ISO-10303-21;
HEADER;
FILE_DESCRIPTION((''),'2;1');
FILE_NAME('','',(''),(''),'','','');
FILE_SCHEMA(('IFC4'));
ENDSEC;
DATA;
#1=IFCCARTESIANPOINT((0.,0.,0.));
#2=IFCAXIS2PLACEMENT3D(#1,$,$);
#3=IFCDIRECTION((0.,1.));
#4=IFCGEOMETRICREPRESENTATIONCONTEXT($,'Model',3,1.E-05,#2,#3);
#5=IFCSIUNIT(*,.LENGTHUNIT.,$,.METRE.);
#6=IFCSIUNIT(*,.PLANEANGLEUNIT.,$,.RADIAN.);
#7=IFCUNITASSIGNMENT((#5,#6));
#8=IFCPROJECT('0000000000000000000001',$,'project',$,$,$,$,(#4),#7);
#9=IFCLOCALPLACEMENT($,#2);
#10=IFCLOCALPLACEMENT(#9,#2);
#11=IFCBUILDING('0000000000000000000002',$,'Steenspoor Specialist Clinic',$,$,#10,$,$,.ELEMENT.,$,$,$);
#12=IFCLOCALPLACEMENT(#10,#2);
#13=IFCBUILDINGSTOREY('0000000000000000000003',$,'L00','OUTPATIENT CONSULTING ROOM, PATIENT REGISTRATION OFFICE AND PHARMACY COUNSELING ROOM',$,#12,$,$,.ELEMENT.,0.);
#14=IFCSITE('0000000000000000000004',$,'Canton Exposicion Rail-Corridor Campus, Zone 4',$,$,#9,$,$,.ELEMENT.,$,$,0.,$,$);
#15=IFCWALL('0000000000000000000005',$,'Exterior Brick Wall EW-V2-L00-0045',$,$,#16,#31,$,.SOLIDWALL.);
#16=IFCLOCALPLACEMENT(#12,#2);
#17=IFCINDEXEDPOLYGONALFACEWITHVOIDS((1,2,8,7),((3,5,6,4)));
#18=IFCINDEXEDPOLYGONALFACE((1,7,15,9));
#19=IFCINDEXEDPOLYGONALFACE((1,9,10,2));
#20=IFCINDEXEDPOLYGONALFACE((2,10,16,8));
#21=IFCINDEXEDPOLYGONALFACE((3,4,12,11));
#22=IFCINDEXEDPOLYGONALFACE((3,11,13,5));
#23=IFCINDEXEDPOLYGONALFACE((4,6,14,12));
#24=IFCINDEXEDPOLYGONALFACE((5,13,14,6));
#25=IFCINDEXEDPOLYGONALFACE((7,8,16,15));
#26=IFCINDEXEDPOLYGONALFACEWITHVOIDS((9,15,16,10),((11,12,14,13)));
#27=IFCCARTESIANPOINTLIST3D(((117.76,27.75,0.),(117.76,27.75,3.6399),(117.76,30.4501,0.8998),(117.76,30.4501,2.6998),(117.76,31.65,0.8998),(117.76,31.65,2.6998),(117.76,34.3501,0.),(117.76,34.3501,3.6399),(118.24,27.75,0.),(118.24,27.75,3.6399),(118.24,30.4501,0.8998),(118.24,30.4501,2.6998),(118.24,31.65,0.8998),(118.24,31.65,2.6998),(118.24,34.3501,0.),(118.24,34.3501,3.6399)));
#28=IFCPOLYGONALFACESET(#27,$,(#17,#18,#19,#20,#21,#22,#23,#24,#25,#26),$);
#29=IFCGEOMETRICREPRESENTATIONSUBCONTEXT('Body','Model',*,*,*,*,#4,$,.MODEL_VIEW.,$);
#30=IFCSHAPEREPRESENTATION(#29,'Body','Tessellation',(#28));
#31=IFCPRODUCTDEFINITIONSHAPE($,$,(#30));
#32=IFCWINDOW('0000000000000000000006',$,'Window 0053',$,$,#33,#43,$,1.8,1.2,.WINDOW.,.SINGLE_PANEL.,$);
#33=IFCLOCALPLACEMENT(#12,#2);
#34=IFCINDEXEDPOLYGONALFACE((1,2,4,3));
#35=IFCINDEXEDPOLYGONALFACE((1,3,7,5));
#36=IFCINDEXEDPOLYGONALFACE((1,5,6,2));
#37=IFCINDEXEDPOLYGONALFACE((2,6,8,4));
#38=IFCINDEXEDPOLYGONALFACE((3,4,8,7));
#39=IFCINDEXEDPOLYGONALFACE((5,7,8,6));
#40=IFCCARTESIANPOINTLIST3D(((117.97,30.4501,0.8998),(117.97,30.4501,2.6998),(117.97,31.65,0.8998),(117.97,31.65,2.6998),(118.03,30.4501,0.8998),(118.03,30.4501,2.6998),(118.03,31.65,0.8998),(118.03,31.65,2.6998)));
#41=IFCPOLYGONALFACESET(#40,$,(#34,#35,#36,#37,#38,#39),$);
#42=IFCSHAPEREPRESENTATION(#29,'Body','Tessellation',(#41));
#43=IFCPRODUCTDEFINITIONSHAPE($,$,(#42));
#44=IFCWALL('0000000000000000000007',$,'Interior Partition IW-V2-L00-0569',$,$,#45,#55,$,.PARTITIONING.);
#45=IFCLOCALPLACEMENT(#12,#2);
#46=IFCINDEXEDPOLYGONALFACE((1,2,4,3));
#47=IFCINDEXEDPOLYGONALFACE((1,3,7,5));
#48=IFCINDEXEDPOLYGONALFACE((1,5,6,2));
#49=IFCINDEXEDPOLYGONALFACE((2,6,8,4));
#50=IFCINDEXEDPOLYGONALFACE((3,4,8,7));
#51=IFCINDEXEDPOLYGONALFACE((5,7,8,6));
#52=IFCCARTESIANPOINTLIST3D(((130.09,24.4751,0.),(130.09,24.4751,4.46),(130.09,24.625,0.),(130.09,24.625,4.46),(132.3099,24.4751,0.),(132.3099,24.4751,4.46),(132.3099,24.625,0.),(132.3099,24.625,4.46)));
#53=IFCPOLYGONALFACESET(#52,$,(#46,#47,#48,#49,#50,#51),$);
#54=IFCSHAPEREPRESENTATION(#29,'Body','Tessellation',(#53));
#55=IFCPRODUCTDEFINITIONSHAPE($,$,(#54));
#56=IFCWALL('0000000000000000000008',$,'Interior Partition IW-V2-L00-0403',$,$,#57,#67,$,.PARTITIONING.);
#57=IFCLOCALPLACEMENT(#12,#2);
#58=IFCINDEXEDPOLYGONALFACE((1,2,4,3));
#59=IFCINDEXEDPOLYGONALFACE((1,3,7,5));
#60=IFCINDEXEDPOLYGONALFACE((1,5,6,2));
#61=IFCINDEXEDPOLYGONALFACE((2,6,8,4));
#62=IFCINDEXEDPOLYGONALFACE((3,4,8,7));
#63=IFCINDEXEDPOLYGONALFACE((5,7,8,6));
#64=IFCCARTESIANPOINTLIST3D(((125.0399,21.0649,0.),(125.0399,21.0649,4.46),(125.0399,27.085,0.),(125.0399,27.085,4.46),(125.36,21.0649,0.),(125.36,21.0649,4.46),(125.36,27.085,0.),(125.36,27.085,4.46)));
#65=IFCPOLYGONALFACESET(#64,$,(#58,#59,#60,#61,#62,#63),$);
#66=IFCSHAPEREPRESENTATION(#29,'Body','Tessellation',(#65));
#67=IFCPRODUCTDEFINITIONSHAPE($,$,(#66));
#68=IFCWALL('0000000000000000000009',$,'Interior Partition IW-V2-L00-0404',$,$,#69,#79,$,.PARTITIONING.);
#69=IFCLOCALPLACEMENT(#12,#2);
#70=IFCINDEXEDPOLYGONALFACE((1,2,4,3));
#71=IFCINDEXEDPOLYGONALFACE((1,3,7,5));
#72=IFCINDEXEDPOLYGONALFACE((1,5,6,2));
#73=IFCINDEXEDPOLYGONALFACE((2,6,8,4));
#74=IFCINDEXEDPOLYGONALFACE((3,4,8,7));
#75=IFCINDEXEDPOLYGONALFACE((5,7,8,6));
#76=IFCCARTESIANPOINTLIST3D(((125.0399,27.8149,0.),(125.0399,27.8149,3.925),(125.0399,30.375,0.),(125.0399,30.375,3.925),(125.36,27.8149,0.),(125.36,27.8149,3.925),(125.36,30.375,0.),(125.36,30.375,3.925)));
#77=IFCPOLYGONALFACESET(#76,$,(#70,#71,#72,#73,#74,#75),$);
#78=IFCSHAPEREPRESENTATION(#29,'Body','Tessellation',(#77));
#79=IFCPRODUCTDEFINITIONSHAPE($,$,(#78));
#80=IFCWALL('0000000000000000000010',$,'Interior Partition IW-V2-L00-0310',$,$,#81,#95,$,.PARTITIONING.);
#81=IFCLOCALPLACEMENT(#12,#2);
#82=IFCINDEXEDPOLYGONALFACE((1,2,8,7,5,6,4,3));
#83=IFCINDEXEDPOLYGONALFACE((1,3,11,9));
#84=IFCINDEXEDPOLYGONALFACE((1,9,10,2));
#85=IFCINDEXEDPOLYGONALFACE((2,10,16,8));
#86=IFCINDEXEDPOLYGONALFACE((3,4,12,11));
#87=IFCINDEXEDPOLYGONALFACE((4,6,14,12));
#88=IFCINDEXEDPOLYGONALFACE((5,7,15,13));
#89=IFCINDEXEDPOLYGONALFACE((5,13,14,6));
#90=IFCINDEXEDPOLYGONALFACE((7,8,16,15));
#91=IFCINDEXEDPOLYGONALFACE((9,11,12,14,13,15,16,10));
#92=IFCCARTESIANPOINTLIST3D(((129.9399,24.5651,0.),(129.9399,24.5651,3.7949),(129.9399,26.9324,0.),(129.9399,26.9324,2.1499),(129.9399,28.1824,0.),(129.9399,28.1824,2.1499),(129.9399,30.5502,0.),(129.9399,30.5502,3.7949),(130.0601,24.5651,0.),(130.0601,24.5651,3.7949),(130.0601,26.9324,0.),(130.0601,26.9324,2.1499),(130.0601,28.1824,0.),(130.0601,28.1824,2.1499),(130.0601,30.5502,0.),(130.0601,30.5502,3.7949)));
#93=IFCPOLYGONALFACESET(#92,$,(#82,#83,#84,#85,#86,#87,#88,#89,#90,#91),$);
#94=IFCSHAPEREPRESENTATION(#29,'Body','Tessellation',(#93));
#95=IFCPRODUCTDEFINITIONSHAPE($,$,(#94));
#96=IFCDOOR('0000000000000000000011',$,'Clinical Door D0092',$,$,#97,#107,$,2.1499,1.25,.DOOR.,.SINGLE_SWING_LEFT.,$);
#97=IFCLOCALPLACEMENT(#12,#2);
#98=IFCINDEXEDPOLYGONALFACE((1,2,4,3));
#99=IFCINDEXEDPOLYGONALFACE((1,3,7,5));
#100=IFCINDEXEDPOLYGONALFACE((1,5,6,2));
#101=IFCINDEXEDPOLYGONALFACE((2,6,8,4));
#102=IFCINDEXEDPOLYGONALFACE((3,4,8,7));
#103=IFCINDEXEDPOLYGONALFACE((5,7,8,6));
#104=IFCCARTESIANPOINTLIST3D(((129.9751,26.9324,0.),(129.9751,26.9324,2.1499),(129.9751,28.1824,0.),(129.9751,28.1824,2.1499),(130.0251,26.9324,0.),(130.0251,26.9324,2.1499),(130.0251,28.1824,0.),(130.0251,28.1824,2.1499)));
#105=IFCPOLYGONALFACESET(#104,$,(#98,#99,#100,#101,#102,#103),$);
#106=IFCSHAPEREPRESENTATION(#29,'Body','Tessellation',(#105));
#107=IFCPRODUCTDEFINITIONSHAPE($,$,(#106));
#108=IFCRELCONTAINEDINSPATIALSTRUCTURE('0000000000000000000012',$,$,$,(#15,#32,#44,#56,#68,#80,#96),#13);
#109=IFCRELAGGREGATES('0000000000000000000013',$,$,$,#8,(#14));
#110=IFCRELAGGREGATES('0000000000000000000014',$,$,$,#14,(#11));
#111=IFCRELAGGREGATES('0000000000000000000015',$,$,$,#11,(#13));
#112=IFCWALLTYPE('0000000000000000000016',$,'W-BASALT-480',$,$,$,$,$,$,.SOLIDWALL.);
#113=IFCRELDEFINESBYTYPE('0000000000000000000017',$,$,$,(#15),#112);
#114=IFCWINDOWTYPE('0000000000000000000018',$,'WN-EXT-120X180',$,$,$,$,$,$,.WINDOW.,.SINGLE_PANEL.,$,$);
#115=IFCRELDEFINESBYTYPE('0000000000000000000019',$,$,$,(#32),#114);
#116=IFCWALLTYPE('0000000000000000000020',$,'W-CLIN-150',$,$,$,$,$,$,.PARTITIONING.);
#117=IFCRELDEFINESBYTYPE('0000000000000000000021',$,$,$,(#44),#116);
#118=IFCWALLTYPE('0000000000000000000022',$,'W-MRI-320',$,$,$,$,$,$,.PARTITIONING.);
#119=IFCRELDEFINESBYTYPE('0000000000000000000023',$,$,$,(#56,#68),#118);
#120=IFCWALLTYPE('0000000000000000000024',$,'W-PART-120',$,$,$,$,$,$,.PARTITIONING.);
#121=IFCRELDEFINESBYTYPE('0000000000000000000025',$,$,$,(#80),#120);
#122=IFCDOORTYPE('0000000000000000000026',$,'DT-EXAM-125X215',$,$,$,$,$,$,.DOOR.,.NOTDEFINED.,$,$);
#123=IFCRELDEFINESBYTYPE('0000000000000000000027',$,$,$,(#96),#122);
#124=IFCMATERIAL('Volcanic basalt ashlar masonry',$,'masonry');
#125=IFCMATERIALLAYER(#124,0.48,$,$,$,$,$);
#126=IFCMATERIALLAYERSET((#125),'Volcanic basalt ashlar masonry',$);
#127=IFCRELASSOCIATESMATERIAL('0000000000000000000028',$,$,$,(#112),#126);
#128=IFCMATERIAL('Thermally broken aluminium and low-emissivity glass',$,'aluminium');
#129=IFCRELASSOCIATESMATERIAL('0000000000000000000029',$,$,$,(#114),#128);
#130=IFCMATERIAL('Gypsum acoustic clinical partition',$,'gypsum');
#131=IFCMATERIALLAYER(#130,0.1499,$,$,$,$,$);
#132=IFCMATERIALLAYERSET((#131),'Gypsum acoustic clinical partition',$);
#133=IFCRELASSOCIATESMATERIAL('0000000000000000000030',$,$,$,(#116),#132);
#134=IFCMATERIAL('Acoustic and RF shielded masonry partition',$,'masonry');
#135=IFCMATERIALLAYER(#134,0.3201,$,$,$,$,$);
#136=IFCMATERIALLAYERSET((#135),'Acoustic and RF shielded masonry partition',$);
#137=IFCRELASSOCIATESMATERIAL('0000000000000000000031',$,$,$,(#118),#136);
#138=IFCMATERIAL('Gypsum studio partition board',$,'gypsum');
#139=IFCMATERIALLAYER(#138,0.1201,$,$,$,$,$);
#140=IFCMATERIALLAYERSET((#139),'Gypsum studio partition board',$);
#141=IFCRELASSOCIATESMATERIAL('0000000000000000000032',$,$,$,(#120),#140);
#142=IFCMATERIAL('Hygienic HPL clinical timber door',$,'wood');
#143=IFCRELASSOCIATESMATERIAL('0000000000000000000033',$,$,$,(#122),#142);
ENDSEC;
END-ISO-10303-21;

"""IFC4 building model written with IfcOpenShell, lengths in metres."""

from ifc_helpers import new_model, si_unit, direction, frame, frame_2d, origin, place, context, subcontext, project, spatial, rectangle, extrude, material, layer, layer_set, type_object, element, fill, save


model = new_model("IFC4")

# Units and contexts
model_context = context("Model", 3, precision=1e-05, world=origin(), true_north=direction((0.0, 1.0)))
body_context = subcontext(model_context, "Body", "Model", "MODEL_VIEW")
ifc_project = project(units=[si_unit("LENGTHUNIT", "METRE"), si_unit("PLANEANGLEUNIT", "RADIAN")], contexts=[model_context])

# Site, building, storey
site_placement = place(None, origin())
site = spatial("IfcSite", under=ifc_project, at=site_placement, Name="Canton Exposicion Rail-Corridor Campus, Zone 4", CompositionType="ELEMENT", RefElevation=0.0)
building_placement = place(site_placement, origin())
building = spatial("IfcBuilding", under=site, at=building_placement, Name="Steenspoor Specialist Clinic", CompositionType="ELEMENT")
storey_placement = place(building_placement, origin())
storey = spatial("IfcBuildingStorey", under=building, at=storey_placement, Name="L00", Description="OUTPATIENT CONSULTING ROOM, PATIENT REGISTRATION OFFICE AND PHARMACY COUNSELING ROOM", CompositionType="ELEMENT", Elevation=0.0)

# Wall, opening, window
ifc_material_1 = material(Name="Volcanic basalt ashlar masonry", Category="masonry")
ifc_layer_1 = layer(ifc_material_1, 0.48)
ifc_layer_set_1 = layer_set([ifc_layer_1], Name="Volcanic basalt ashlar masonry")
wall_type_1 = type_object("IfcWallType", Name="W-BASALT-480", PredefinedType="SOLIDWALL", material=ifc_layer_set_1)
wall_1_placement = place(storey_placement, frame((118.0, 27.75, 0.0), z_axis=(0.0, 0.0, 1.0), x_axis=(0.0, 1.0, 0.0)))
wall_1 = element("IfcWall", 1, at=wall_1_placement, inside=storey, type_object=wall_type_1, Name="Exterior Brick Wall EW-V2-L00-0045", PredefinedType="SOLIDWALL", context=body_context, shape_type="SweptSolid", body=[
    extrude(rectangle(XDim=6.6001, YDim=0.48, at=frame_2d((3.3, 0.0))), origin(), (0.0, 0.0, 1.0), 3.6399),
])
opening_1_placement = place(wall_1_placement, frame((2.7, 0.0, 0.8999)))
opening_1 = element("IfcOpeningElement", 2, at=opening_1_placement, cuts=wall_1, PredefinedType="OPENING", context=body_context, shape_type="SweptSolid", body=[
    extrude(rectangle(XDim=1.2, YDim=1.8, at=frame_2d((0.6001, 0.8999))), frame((0.0, 0.25, 0.0), z_axis=(0.0, -1.0, 0.0), x_axis=(1.0, 0.0, 0.0)), (0.0, 0.0, 1.0), 0.5),
])
ifc_material_2 = material(Name="Thermally broken aluminium and low-emissivity glass", Category="aluminium")
window_type = type_object("IfcWindowType", Name="WN-EXT-120X180", PartitioningType="SINGLE_PANEL", PredefinedType="WINDOW", material=ifc_material_2)
window_placement = place(opening_1_placement, origin())
window = element("IfcWindow", 3, at=window_placement, inside=storey, type_object=window_type, Name="Window 0053", OverallHeight=1.8, OverallWidth=1.2, PartitioningType="SINGLE_PANEL", PredefinedType="WINDOW", context=body_context, shape_type="SweptSolid", body=[
    extrude(rectangle(XDim=1.2, YDim=1.8, at=frame_2d((0.6001, 0.8999))), frame((0.0, 0.03, 0.0), z_axis=(0.0, -1.0, 0.0), x_axis=(1.0, 0.0, 0.0)), (0.0, 0.0, 1.0), 0.0601),
])
fill(opening_1, window)

# Walls
ifc_material_3 = material(Name="Gypsum acoustic clinical partition", Category="gypsum")
ifc_layer_2 = layer(ifc_material_3, 0.1499)
ifc_layer_set_2 = layer_set([ifc_layer_2], Name="Gypsum acoustic clinical partition")
wall_type_2 = type_object("IfcWallType", Name="W-CLIN-150", PredefinedType="PARTITIONING", material=ifc_layer_set_2)
wall_2_placement = place(storey_placement, frame((130.0901, 24.55, 0.0), z_axis=(0.0, 0.0, 1.0), x_axis=(1.0, 0.0, 0.0)))
element("IfcWall", 4, at=wall_2_placement, inside=storey, type_object=wall_type_2, Name="Interior Partition IW-V2-L00-0569", PredefinedType="PARTITIONING", context=body_context, shape_type="SweptSolid", body=[
    extrude(rectangle(XDim=2.22, YDim=0.1499, at=frame_2d((1.1099, 0.0))), origin(), (0.0, 0.0, 1.0), 4.46),
])
ifc_material_4 = material(Name="Acoustic and RF shielded masonry partition", Category="masonry")
ifc_layer_3 = layer(ifc_material_4, 0.3201)
ifc_layer_set_3 = layer_set([ifc_layer_3], Name="Acoustic and RF shielded masonry partition")
wall_type_3 = type_object("IfcWallType", Name="W-MRI-320", PredefinedType="PARTITIONING", material=ifc_layer_set_3)
wall_3_placement = place(storey_placement, frame((125.2, 21.0649, 0.0), z_axis=(0.0, 0.0, 1.0), x_axis=(0.0, 1.0, 0.0)))
element("IfcWall", 5, at=wall_3_placement, inside=storey, type_object=wall_type_3, Name="Interior Partition IW-V2-L00-0403", PredefinedType="PARTITIONING", context=body_context, shape_type="SweptSolid", body=[
    extrude(rectangle(XDim=6.02, YDim=0.3201, at=frame_2d((3.01, 0.0))), origin(), (0.0, 0.0, 1.0), 4.46),
])
wall_4_placement = place(storey_placement, frame((125.2, 27.8149, 0.0), z_axis=(0.0, 0.0, 1.0), x_axis=(0.0, 1.0, 0.0)))
element("IfcWall", 6, at=wall_4_placement, inside=storey, type_object=wall_type_3, Name="Interior Partition IW-V2-L00-0404", PredefinedType="PARTITIONING", context=body_context, shape_type="SweptSolid", body=[
    extrude(rectangle(XDim=2.5601, YDim=0.3201, at=frame_2d((1.28, 0.0))), origin(), (0.0, 0.0, 1.0), 3.925),
])

# Wall, opening, door
ifc_material_5 = material(Name="Gypsum studio partition board", Category="gypsum")
ifc_layer_4 = layer(ifc_material_5, 0.1201)
ifc_layer_set_4 = layer_set([ifc_layer_4], Name="Gypsum studio partition board")
wall_type_4 = type_object("IfcWallType", Name="W-PART-120", PredefinedType="PARTITIONING", material=ifc_layer_set_4)
wall_5_placement = place(storey_placement, frame((130.0, 24.5649, 0.0), z_axis=(0.0, 0.0, 1.0), x_axis=(0.0, 1.0, 0.0)))
wall_5 = element("IfcWall", 7, at=wall_5_placement, inside=storey, type_object=wall_type_4, Name="Interior Partition IW-V2-L00-0310", PredefinedType="PARTITIONING", context=body_context, shape_type="SweptSolid", body=[
    extrude(rectangle(XDim=5.9851, YDim=0.1201, at=frame_2d((2.9927, 0.0))), origin(), (0.0, 0.0, 1.0), 3.7949),
])
opening_2_placement = place(wall_5_placement, frame((2.3674, 0.0, 0.0)))
opening_2 = element("IfcOpeningElement", 8, at=opening_2_placement, cuts=wall_5, PredefinedType="OPENING", context=body_context, shape_type="SweptSolid", body=[
    extrude(rectangle(XDim=1.25, YDim=2.1499, at=frame_2d((0.625, 1.075))), frame((0.0, 0.0701, 0.0), z_axis=(0.0, -1.0, 0.0), x_axis=(1.0, 0.0, 0.0)), (0.0, 0.0, 1.0), 0.1401),
])
ifc_material_6 = material(Name="Hygienic HPL clinical timber door", Category="wood")
door_type = type_object("IfcDoorType", Name="DT-EXAM-125X215", OperationType="NOTDEFINED", PredefinedType="DOOR", material=ifc_material_6)
door_placement = place(opening_2_placement, origin())
door = element("IfcDoor", 9, at=door_placement, inside=storey, type_object=door_type, Name="Clinical Door D0092", OperationType="SINGLE_SWING_LEFT", OverallHeight=2.1499, OverallWidth=1.25, PredefinedType="DOOR", context=body_context, shape_type="SweptSolid", body=[
    extrude(rectangle(XDim=1.25, YDim=2.1499, at=frame_2d((0.625, 1.075))), frame((0.0, 0.0249, 0.0), z_axis=(0.0, -1.0, 0.0), x_axis=(1.0, 0.0, 0.0)), (0.0, 0.0, 1.0), 0.05),
])
fill(opening_2, door)

save(model, "model.ifc")
